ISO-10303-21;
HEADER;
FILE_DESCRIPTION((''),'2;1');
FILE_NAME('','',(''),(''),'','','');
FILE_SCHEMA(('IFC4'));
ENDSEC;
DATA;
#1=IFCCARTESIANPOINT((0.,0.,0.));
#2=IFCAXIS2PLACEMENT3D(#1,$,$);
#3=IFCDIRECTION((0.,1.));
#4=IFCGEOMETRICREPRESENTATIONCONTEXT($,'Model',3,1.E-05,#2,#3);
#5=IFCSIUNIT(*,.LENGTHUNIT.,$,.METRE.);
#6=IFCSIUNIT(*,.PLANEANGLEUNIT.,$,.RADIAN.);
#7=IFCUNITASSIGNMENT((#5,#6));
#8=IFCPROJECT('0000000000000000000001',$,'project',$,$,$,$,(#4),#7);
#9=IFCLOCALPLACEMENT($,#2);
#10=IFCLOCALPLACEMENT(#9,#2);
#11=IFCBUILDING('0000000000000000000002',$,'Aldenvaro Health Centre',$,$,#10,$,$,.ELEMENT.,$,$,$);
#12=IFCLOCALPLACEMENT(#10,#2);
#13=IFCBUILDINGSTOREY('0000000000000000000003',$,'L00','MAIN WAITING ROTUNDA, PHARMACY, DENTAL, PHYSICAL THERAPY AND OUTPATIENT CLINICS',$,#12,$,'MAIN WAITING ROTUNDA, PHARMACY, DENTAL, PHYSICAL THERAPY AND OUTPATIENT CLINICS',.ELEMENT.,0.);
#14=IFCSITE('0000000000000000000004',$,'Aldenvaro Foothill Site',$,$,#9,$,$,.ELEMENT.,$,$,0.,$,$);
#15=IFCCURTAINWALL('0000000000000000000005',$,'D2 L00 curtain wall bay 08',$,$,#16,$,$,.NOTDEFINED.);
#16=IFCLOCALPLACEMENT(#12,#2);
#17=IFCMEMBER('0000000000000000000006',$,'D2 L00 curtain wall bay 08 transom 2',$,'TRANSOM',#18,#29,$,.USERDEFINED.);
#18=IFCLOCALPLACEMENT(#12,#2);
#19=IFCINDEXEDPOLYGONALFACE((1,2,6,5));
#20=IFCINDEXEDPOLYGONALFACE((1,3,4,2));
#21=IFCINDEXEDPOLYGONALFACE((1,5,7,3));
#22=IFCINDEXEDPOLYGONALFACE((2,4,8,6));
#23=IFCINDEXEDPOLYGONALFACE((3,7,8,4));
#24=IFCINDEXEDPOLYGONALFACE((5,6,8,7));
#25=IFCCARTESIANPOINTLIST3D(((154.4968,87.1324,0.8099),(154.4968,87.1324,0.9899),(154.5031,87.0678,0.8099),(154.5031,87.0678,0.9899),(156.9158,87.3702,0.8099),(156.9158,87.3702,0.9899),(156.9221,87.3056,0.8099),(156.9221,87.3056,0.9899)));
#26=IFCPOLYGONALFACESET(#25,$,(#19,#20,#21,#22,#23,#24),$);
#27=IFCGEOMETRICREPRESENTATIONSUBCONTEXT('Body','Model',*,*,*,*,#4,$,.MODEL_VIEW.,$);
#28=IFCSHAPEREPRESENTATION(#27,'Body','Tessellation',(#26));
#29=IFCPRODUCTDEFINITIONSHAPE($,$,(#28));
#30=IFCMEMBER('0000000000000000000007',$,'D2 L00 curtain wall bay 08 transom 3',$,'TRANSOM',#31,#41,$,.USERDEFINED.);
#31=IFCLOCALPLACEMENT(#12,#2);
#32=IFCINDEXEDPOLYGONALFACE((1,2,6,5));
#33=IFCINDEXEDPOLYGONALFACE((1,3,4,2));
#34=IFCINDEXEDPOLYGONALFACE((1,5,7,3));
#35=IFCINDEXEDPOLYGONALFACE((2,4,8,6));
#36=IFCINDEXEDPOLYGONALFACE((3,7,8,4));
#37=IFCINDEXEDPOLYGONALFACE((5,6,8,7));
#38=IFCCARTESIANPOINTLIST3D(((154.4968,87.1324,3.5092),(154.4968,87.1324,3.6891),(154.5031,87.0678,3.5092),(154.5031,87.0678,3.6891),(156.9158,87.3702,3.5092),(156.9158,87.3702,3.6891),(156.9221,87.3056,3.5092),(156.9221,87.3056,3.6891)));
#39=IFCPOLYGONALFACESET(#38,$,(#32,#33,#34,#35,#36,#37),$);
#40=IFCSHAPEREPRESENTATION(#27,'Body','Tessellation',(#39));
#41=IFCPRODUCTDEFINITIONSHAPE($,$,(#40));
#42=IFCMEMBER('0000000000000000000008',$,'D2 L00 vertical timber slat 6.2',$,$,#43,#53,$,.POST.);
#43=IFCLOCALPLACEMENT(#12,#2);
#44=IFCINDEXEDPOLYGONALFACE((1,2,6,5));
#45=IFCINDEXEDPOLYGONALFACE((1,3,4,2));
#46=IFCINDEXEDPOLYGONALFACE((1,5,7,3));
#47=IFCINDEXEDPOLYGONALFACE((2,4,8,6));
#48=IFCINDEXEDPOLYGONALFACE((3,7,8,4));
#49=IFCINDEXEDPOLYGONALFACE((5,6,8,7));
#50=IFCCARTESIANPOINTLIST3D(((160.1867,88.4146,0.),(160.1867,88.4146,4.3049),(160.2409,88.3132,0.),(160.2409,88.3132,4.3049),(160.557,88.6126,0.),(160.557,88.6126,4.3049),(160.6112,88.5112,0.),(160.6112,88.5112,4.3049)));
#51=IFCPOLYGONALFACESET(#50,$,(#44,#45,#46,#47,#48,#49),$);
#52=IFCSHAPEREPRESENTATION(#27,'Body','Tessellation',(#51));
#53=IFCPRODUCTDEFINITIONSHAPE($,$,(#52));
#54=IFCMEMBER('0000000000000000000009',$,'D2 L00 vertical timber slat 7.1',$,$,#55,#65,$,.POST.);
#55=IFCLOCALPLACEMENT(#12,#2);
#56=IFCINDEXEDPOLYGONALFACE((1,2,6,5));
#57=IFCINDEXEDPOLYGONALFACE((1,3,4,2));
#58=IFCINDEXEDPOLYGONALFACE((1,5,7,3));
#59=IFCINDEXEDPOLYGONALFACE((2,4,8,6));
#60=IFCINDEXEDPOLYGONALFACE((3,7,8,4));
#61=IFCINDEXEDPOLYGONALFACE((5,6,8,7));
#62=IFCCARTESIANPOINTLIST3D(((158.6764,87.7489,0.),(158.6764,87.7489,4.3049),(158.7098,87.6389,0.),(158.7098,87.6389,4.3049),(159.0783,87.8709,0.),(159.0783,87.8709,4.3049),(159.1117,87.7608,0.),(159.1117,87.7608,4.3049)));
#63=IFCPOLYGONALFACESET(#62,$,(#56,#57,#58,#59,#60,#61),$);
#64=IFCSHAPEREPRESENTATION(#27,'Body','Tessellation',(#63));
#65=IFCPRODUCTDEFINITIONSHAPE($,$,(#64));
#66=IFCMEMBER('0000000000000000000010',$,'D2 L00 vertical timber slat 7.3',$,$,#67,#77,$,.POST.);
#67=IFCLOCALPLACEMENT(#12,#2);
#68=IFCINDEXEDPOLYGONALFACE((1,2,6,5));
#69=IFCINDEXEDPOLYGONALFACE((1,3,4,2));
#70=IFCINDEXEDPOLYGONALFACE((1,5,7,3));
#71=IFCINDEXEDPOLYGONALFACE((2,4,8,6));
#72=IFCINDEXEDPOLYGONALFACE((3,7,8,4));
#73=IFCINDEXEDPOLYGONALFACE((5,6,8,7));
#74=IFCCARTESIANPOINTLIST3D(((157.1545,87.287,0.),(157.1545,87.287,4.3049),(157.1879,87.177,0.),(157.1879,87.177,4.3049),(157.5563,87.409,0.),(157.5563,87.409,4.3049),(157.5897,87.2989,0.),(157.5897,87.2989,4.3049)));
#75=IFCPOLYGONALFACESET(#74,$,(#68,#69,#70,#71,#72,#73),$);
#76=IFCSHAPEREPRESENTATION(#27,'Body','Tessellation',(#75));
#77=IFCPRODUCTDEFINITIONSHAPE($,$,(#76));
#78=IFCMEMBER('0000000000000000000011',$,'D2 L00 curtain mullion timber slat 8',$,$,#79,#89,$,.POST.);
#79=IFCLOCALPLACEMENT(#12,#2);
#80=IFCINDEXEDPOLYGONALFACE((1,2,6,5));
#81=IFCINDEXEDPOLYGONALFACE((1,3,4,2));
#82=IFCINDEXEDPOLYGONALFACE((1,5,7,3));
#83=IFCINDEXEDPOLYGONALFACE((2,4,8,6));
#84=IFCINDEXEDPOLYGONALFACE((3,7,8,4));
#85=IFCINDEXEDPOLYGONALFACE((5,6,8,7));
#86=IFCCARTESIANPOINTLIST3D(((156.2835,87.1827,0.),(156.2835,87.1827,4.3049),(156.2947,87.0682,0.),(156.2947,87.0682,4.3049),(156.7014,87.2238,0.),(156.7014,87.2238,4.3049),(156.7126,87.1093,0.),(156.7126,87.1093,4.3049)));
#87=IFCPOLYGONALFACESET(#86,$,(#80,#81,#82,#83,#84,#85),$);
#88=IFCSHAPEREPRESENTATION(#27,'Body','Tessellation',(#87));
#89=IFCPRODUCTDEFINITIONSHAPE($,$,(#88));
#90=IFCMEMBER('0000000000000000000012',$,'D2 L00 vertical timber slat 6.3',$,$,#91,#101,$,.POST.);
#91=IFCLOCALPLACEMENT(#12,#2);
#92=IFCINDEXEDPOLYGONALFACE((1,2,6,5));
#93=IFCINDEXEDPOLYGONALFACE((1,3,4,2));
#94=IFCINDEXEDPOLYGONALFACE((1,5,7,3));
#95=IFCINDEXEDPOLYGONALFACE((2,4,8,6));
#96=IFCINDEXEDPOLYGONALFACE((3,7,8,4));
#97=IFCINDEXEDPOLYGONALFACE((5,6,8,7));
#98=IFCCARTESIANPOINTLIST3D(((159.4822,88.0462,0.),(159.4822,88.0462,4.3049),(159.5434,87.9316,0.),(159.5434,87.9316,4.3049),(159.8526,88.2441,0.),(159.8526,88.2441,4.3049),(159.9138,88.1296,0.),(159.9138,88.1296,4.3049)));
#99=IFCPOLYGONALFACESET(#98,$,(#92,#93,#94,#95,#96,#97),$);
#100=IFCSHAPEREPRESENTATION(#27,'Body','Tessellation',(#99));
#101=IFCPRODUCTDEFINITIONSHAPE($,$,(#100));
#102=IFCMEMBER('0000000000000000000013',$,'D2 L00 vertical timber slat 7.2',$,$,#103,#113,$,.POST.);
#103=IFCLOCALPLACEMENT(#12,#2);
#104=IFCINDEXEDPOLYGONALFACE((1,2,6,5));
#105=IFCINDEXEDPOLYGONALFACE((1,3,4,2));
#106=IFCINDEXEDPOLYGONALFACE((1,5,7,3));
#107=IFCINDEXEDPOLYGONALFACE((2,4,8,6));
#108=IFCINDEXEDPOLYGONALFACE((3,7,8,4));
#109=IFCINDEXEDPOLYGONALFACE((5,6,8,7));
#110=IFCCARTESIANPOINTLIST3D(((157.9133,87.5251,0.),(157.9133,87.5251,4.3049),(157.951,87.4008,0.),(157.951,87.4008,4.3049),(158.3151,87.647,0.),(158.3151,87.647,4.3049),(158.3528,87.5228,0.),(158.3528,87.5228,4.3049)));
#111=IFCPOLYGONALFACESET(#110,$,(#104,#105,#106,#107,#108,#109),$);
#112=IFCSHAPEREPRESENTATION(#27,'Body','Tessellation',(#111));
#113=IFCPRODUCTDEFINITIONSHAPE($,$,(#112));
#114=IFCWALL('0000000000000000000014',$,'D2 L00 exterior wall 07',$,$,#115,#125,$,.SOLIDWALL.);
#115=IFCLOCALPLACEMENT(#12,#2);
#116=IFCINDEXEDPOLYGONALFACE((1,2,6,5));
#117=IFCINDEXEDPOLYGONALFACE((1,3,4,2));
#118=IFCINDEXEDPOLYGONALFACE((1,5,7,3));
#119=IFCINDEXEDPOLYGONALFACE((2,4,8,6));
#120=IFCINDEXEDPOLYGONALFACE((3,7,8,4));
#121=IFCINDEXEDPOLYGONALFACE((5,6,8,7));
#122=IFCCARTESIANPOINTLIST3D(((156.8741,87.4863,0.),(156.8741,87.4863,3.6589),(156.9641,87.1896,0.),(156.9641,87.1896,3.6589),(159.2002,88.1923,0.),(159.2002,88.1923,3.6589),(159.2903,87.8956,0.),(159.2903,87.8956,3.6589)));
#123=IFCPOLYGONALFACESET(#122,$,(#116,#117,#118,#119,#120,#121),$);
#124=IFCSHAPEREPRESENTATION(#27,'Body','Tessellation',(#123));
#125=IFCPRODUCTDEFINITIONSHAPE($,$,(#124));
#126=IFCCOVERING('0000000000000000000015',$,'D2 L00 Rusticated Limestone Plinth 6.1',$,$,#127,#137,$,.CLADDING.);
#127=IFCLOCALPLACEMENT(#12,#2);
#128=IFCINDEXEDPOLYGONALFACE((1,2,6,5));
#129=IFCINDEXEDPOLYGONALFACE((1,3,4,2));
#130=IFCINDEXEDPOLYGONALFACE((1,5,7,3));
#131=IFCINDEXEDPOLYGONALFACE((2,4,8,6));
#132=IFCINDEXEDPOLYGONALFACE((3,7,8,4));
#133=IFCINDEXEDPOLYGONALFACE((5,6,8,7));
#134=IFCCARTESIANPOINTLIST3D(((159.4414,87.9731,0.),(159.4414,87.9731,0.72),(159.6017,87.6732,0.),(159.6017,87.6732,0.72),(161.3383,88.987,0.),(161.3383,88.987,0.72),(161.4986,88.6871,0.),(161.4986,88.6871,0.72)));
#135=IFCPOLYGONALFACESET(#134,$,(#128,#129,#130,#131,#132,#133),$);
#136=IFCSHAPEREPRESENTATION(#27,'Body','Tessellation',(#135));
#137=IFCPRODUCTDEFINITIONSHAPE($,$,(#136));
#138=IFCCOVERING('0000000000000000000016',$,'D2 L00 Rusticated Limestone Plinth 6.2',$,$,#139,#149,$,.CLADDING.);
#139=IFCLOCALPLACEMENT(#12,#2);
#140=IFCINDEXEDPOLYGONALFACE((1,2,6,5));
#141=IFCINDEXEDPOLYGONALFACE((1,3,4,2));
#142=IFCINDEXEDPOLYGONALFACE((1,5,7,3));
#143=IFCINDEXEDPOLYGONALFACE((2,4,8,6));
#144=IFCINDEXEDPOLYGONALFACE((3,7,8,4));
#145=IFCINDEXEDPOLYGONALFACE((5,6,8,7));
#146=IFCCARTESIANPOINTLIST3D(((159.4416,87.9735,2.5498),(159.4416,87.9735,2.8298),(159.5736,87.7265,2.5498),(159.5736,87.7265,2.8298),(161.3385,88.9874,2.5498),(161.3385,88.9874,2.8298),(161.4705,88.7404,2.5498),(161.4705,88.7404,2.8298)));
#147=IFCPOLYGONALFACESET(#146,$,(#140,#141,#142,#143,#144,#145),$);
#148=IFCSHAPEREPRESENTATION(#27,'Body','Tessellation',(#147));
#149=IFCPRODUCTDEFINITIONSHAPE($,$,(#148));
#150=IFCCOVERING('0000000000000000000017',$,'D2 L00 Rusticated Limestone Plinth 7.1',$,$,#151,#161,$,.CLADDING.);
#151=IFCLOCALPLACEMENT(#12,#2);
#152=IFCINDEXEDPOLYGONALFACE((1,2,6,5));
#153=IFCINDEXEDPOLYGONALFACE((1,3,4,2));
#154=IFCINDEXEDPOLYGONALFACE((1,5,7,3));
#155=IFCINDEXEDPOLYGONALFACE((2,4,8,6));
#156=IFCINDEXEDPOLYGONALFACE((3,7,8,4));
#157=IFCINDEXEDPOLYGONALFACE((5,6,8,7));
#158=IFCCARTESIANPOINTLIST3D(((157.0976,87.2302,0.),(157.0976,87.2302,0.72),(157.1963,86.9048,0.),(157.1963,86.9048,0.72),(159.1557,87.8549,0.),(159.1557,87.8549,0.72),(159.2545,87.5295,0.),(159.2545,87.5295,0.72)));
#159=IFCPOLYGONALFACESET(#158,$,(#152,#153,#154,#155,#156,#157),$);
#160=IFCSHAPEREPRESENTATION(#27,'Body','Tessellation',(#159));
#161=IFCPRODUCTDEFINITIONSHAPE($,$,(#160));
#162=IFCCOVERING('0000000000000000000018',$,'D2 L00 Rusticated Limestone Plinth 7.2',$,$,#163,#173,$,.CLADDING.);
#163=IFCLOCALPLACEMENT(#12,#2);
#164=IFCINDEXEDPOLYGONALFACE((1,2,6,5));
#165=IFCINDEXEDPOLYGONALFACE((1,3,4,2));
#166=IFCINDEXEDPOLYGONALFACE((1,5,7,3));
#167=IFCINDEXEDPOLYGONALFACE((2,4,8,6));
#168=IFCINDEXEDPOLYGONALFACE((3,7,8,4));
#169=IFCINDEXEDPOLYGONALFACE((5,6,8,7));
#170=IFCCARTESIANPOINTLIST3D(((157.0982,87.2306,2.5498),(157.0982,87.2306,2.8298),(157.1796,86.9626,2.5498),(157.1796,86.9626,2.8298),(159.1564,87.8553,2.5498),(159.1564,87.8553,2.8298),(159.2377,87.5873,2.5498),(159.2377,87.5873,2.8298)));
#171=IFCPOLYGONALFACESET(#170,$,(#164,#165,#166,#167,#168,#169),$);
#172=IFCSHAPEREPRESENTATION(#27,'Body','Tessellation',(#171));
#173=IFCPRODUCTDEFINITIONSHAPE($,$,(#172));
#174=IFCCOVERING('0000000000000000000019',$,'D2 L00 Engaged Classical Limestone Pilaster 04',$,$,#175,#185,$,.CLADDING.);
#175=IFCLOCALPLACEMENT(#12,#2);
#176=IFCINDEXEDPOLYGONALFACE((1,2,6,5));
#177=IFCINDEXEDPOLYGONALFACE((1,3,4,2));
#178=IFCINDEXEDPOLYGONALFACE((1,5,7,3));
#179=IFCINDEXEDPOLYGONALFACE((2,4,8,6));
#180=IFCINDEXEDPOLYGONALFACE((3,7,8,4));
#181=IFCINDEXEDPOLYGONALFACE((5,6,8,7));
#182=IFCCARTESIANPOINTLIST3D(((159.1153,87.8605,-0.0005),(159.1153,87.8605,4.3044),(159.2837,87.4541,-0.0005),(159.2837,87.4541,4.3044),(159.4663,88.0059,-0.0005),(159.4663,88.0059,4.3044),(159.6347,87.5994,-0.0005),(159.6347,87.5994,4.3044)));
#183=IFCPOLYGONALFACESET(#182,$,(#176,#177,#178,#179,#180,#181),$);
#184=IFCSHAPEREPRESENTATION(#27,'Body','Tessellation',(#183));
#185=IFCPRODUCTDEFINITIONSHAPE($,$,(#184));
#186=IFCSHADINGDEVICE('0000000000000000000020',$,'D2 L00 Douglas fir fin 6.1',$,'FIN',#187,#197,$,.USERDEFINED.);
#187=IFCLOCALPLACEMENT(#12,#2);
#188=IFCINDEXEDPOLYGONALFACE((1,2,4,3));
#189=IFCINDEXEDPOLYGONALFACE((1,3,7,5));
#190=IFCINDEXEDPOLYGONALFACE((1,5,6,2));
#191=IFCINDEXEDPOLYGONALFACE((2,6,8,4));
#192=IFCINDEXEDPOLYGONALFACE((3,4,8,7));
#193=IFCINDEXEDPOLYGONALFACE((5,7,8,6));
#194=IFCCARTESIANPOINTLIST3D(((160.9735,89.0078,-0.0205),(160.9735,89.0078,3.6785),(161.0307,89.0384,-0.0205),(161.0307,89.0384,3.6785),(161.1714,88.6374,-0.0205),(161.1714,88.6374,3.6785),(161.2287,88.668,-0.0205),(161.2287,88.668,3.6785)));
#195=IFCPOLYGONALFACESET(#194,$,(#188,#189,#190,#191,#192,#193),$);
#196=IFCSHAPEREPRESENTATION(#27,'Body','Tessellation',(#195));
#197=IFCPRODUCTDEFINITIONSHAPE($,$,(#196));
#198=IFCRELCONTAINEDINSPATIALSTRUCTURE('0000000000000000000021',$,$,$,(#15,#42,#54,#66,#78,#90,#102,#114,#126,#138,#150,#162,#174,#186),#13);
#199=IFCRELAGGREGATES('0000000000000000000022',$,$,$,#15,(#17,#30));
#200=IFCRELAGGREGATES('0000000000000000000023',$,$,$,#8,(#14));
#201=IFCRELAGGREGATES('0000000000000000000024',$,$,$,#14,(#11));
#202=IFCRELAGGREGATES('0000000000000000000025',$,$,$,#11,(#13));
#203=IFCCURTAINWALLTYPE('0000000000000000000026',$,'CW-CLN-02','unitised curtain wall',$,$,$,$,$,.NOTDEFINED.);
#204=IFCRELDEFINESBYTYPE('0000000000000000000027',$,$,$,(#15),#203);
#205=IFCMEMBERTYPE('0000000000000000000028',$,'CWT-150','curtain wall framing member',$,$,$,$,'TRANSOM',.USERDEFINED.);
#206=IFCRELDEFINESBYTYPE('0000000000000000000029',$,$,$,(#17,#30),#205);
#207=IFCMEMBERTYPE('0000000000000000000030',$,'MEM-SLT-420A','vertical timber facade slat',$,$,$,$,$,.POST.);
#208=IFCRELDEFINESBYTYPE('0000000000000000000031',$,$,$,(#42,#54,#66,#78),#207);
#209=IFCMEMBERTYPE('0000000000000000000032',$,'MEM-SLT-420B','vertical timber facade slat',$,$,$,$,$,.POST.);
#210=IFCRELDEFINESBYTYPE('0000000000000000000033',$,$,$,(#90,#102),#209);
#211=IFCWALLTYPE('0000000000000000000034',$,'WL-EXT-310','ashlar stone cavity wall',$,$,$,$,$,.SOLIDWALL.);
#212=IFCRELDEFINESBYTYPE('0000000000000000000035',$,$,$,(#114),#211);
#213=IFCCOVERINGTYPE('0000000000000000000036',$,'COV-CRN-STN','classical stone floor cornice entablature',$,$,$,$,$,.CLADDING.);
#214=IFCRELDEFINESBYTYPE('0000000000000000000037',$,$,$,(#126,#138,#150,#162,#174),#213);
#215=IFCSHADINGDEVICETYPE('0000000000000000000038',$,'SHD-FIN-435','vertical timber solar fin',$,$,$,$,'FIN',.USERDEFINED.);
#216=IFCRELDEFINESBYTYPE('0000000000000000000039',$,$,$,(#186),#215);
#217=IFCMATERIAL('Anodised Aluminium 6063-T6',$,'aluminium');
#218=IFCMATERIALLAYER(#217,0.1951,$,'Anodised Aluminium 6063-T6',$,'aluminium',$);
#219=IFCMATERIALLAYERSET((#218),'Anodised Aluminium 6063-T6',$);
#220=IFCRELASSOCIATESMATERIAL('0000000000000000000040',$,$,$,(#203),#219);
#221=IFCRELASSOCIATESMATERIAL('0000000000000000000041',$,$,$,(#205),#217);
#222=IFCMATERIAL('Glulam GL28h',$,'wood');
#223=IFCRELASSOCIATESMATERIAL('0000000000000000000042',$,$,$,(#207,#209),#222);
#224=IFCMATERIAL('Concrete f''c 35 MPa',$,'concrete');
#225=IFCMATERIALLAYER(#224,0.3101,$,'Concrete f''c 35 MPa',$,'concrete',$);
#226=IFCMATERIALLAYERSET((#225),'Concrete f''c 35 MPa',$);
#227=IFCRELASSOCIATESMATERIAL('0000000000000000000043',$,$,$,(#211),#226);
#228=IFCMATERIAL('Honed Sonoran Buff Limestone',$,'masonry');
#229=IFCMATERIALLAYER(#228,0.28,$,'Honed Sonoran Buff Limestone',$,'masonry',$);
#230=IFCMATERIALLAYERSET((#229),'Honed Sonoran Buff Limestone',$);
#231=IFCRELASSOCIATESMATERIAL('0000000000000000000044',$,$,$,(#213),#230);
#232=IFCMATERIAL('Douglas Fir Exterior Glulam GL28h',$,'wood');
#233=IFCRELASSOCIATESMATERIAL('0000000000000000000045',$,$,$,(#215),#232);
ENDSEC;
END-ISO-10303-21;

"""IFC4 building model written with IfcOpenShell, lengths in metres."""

from ifc_helpers import new_model, si_unit, direction, frame, frame_2d, origin, origin_2d, place, context, subcontext, project, spatial, rectangle, extrude, material, layer, layer_set, material_profile, profile_set, type_object, element, aggregate, save


model = new_model("IFC4")

# Units and contexts
model_context = context("Model", 3, precision=1e-05, world=origin(), true_north=direction((0.0, 1.0)))
body_context = subcontext(model_context, "Body", "Model", "MODEL_VIEW")
ifc_project = project(units=[si_unit("LENGTHUNIT", "METRE"), si_unit("PLANEANGLEUNIT", "RADIAN")], contexts=[model_context])

# Site, building, storey
site_placement = place(None, origin())
site = spatial("IfcSite", under=ifc_project, at=site_placement, Name="Aldenvaro Foothill Site", CompositionType="ELEMENT", RefElevation=0.0)
building_placement = place(site_placement, origin())
building = spatial("IfcBuilding", under=site, at=building_placement, Name="Aldenvaro Health Centre", CompositionType="ELEMENT")
storey_placement = place(building_placement, origin())
storey = spatial("IfcBuildingStorey", under=building, at=storey_placement, Name="L00", Description="MAIN WAITING ROTUNDA, PHARMACY, DENTAL, PHYSICAL THERAPY AND OUTPATIENT CLINICS", LongName="MAIN WAITING ROTUNDA, PHARMACY, DENTAL, PHYSICAL THERAPY AND OUTPATIENT CLINICS", CompositionType="ELEMENT", Elevation=0.0)

# Shared definitions
ifc_material_1 = material(Name="Glulam GL28h", Category="wood")

# Curtain wall, members
ifc_material_2 = material(Name="Anodised Aluminium 6063-T6", Category="aluminium")
ifc_layer_1 = layer(ifc_material_2, 0.1951, Name="Anodised Aluminium 6063-T6", Category="aluminium")
ifc_layer_set_1 = layer_set([ifc_layer_1], Name="Anodised Aluminium 6063-T6")
curtain_wall_type = type_object("IfcCurtainWallType", Name="CW-CLN-02", Description="unitised curtain wall", PredefinedType="NOTDEFINED", material=ifc_layer_set_1)
curtain_wall_placement = place(storey_placement, origin())
curtain_wall = element("IfcCurtainWall", 1, at=curtain_wall_placement, inside=storey, type_object=curtain_wall_type, Name="D2 L00 curtain wall bay 08", PredefinedType="NOTDEFINED")
ifc_material_profile_1 = material_profile(ifc_material_2, rectangle(XDim=0.0649, YDim=0.1799, at=origin_2d()), Name="ALU 65x180", Category="aluminium")
ifc_profile_set_1 = profile_set([ifc_material_profile_1], Name="Anodised Aluminium 6063-T6")
member_type_1 = type_object("IfcMemberType", Name="CWT-150", Description="curtain wall framing member", ElementType="TRANSOM", PredefinedType="USERDEFINED", material=ifc_profile_set_1)
member_1_placement = place(storey_placement, frame((156.9189, 87.3379, 0.8999), z_axis=(-0.995203, -0.097833, 0.0), x_axis=(0.097833, -0.995203, 0.0)))
member_1 = element("IfcMember", 2, at=member_1_placement, type_object=member_type_1, Name="D2 L00 curtain wall bay 08 transom 2", ObjectType="TRANSOM", PredefinedType="USERDEFINED", context=body_context, shape_type="SweptSolid", body=[
    extrude(rectangle(XDim=0.0649, YDim=0.1799, at=origin_2d()), origin(), (0.0, 0.0, 1.0), 2.4307),
])
member_2_placement = place(storey_placement, frame((156.9189, 87.3379, 3.5991), z_axis=(-0.995203, -0.097833, 0.0), x_axis=(0.097833, -0.995203, 0.0)))
member_2 = element("IfcMember", 3, at=member_2_placement, type_object=member_type_1, Name="D2 L00 curtain wall bay 08 transom 3", ObjectType="TRANSOM", PredefinedType="USERDEFINED", context=body_context, shape_type="SweptSolid", body=[
    extrude(rectangle(XDim=0.0649, YDim=0.1799, at=origin_2d()), origin(), (0.0, 0.0, 1.0), 2.4307),
])
aggregate(curtain_wall, [member_1, member_2])

# Members
ifc_material_profile_2 = material_profile(ifc_material_1, rectangle(XDim=0.115, YDim=0.4199, at=origin_2d()), Name="GL 115x420", Category="wood")
ifc_profile_set_2 = profile_set([ifc_material_profile_2], Name="Glulam GL28h")
member_type_2 = type_object("IfcMemberType", Name="MEM-SLT-420A", Description="vertical timber facade slat", PredefinedType="POST", material=ifc_profile_set_2)
for number, where, z_axis, x_axis, name in (
    (4, (160.3989, 88.4629, 0.0), (0.0, 0.0, 1.0), (0.471399, -0.88192, 0.0), "D2 L00 vertical timber slat 6.2"),
    (5, (158.894, 87.7549, 0.0), (0.0, 0.0, 1.0), (0.290441, -0.956893, 0.0), "D2 L00 vertical timber slat 7.1"),
    (6, (157.3721, 87.293, 0.0), (0.0, 0.0, 1.0), (0.290441, -0.956893, 0.0), "D2 L00 vertical timber slat 7.3"),
    (7, (156.498, 87.146, 0.0), (0.0, 0.0, 1.0), (0.097915, -0.995195, 0.0), "D2 L00 curtain mullion timber slat 8"),
):
    element("IfcMember", number, at=place(storey_placement, frame(where, z_axis=z_axis, x_axis=x_axis)), inside=storey, type_object=member_type_2, Name=name, PredefinedType="POST", context=body_context, shape_type="SweptSolid", body=[
        extrude(rectangle(XDim=0.115, YDim=0.4199, at=origin_2d()), origin(), (0.0, 0.0, 1.0), 4.3049),
    ])
ifc_material_profile_3 = material_profile(ifc_material_1, rectangle(XDim=0.1299, YDim=0.4199, at=origin_2d()), Name="GL 130x420", Category="wood")
ifc_profile_set_3 = profile_set([ifc_material_profile_3], Name="Glulam GL28h")
member_type_3 = type_object("IfcMemberType", Name="MEM-SLT-420B", Description="vertical timber facade slat", PredefinedType="POST", material=ifc_profile_set_3)
for number, where, z_axis, x_axis, name in (
    (8, (159.698, 88.0879, 0.0), (0.0, 0.0, 1.0), (0.471399, -0.88192, 0.0), "D2 L00 vertical timber slat 6.3"),
    (9, (158.1331, 87.5239, 0.0), (0.0, 0.0, 1.0), (0.290441, -0.956893, 0.0), "D2 L00 vertical timber slat 7.2"),
):
    element("IfcMember", number, at=place(storey_placement, frame(where, z_axis=z_axis, x_axis=x_axis)), inside=storey, type_object=member_type_3, Name=name, PredefinedType="POST", context=body_context, shape_type="SweptSolid", body=[
        extrude(rectangle(XDim=0.1299, YDim=0.4199, at=origin_2d()), origin(), (0.0, 0.0, 1.0), 4.3049),
    ])

# Wall
ifc_material_3 = material(Name="Concrete f'c 35 MPa", Category="concrete")
ifc_layer_2 = layer(ifc_material_3, 0.3101, Name="Concrete f'c 35 MPa", Category="concrete")
ifc_layer_set_2 = layer_set([ifc_layer_2], Name="Concrete f'c 35 MPa")
wall_type = type_object("IfcWallType", Name="WL-EXT-310", Description="ashlar stone cavity wall", PredefinedType="SOLIDWALL", material=ifc_layer_set_2)
wall_placement = place(storey_placement, frame((159.2451, 88.0439, 0.0), z_axis=(0.0, 0.0, 1.0), x_axis=(-0.956893, -0.290442, 0.0)))
element("IfcWall", 10, at=wall_placement, inside=storey, type_object=wall_type, Name="D2 L00 exterior wall 07", PredefinedType="SOLIDWALL", context=body_context, shape_type="SweptSolid", body=[
    extrude(rectangle(XDim=2.4309, YDim=0.3101, at=frame_2d((1.2153, 0.0))), origin(), (0.0, 0.0, 1.0), 3.6589),
])

# Coverings
ifc_material_4 = material(Name="Honed Sonoran Buff Limestone", Category="masonry")
ifc_layer_3 = layer(ifc_material_4, 0.28, Name="Honed Sonoran Buff Limestone", Category="masonry")
ifc_layer_set_3 = layer_set([ifc_layer_3], Name="Honed Sonoran Buff Limestone")
covering_type = type_object("IfcCoveringType", Name="COV-CRN-STN", Description="classical stone floor cornice entablature", PredefinedType="CLADDING", material=ifc_layer_set_3)
covering_1_placement = place(storey_placement, frame((160.47, 88.3301, 0.0), z_axis=(0.0, 0.0, 1.0), x_axis=(-0.88192, -0.471399, 0.0)))
element("IfcCovering", 11, at=covering_1_placement, inside=storey, type_object=covering_type, Name="D2 L00 Rusticated Limestone Plinth 6.1", PredefinedType="CLADDING", context=body_context, shape_type="SweptSolid", body=[
    extrude(rectangle(XDim=2.1509, YDim=0.3401, at=origin_2d()), origin(), (0.0, 0.0, 1.0), 0.72),
])
covering_2_placement = place(storey_placement, frame((160.4561, 88.3569, 2.5498), z_axis=(0.0, 0.0, 1.0), x_axis=(-0.88192, -0.471399, 0.0)))
element("IfcCovering", 12, at=covering_2_placement, inside=storey, type_object=covering_type, Name="D2 L00 Rusticated Limestone Plinth 6.2", PredefinedType="CLADDING", context=body_context, shape_type="SweptSolid", body=[
    extrude(rectangle(XDim=2.1509, YDim=0.28, at=origin_2d()), origin(), (0.0, 0.0, 1.0), 0.28),
])
covering_3_placement = place(storey_placement, frame((158.176, 87.3799, 0.0), z_axis=(0.0, 0.0, 1.0), x_axis=(-0.956893, -0.290441, 0.0)))
element("IfcCovering", 13, at=covering_3_placement, inside=storey, type_object=covering_type, Name="D2 L00 Rusticated Limestone Plinth 7.1", PredefinedType="CLADDING", context=body_context, shape_type="SweptSolid", body=[
    extrude(rectangle(XDim=2.1509, YDim=0.3401, at=origin_2d()), origin(), (0.0, 0.0, 1.0), 0.72),
])
covering_4_placement = place(storey_placement, frame((158.168, 87.4089, 2.5498), z_axis=(0.0, 0.0, 1.0), x_axis=(-0.956893, -0.290441, 0.0)))
element("IfcCovering", 14, at=covering_4_placement, inside=storey, type_object=covering_type, Name="D2 L00 Rusticated Limestone Plinth 7.2", PredefinedType="CLADDING", context=body_context, shape_type="SweptSolid", body=[
    extrude(rectangle(XDim=2.1509, YDim=0.28, at=origin_2d()), origin(), (0.0, 0.0, 1.0), 0.28),
])
covering_5_placement = place(storey_placement, frame((159.375, 87.73, -0.0005), z_axis=(0.0, 0.0, 1.0), x_axis=(0.382668, -0.923886, 0.0)))
element("IfcCovering", 15, at=covering_5_placement, inside=storey, type_object=covering_type, Name="D2 L00 Engaged Classical Limestone Pilaster 04", PredefinedType="CLADDING", context=body_context, shape_type="SweptSolid", body=[
    extrude(rectangle(XDim=0.4399, YDim=0.3799, at=origin_2d()), origin(), (0.0, 0.0, 1.0), 4.3049),
])

# Shading device
ifc_material_5 = material(Name="Douglas Fir Exterior Glulam GL28h", Category="wood")
shading_device_type = type_object("IfcShadingDeviceType", Name="SHD-FIN-435", Description="vertical timber solar fin", ElementType="FIN", PredefinedType="USERDEFINED", material=ifc_material_5)
shading_device_placement = place(storey_placement, frame((161.1011, 88.8379, -0.0205), z_axis=(0.0, 0.0, 1.0), x_axis=(-0.88192, -0.471399, 0.0)))
element("IfcShadingDevice", 16, at=shading_device_placement, inside=storey, type_object=shading_device_type, Name="D2 L00 Douglas fir fin 6.1", ObjectType="FIN", PredefinedType="USERDEFINED", context=body_context, shape_type="SweptSolid", body=[
    extrude(rectangle(XDim=0.0649, YDim=0.4199, at=origin_2d()), origin(), (0.0, 0.0, 1.0), 3.699),
])

save(model, "model.ifc")
